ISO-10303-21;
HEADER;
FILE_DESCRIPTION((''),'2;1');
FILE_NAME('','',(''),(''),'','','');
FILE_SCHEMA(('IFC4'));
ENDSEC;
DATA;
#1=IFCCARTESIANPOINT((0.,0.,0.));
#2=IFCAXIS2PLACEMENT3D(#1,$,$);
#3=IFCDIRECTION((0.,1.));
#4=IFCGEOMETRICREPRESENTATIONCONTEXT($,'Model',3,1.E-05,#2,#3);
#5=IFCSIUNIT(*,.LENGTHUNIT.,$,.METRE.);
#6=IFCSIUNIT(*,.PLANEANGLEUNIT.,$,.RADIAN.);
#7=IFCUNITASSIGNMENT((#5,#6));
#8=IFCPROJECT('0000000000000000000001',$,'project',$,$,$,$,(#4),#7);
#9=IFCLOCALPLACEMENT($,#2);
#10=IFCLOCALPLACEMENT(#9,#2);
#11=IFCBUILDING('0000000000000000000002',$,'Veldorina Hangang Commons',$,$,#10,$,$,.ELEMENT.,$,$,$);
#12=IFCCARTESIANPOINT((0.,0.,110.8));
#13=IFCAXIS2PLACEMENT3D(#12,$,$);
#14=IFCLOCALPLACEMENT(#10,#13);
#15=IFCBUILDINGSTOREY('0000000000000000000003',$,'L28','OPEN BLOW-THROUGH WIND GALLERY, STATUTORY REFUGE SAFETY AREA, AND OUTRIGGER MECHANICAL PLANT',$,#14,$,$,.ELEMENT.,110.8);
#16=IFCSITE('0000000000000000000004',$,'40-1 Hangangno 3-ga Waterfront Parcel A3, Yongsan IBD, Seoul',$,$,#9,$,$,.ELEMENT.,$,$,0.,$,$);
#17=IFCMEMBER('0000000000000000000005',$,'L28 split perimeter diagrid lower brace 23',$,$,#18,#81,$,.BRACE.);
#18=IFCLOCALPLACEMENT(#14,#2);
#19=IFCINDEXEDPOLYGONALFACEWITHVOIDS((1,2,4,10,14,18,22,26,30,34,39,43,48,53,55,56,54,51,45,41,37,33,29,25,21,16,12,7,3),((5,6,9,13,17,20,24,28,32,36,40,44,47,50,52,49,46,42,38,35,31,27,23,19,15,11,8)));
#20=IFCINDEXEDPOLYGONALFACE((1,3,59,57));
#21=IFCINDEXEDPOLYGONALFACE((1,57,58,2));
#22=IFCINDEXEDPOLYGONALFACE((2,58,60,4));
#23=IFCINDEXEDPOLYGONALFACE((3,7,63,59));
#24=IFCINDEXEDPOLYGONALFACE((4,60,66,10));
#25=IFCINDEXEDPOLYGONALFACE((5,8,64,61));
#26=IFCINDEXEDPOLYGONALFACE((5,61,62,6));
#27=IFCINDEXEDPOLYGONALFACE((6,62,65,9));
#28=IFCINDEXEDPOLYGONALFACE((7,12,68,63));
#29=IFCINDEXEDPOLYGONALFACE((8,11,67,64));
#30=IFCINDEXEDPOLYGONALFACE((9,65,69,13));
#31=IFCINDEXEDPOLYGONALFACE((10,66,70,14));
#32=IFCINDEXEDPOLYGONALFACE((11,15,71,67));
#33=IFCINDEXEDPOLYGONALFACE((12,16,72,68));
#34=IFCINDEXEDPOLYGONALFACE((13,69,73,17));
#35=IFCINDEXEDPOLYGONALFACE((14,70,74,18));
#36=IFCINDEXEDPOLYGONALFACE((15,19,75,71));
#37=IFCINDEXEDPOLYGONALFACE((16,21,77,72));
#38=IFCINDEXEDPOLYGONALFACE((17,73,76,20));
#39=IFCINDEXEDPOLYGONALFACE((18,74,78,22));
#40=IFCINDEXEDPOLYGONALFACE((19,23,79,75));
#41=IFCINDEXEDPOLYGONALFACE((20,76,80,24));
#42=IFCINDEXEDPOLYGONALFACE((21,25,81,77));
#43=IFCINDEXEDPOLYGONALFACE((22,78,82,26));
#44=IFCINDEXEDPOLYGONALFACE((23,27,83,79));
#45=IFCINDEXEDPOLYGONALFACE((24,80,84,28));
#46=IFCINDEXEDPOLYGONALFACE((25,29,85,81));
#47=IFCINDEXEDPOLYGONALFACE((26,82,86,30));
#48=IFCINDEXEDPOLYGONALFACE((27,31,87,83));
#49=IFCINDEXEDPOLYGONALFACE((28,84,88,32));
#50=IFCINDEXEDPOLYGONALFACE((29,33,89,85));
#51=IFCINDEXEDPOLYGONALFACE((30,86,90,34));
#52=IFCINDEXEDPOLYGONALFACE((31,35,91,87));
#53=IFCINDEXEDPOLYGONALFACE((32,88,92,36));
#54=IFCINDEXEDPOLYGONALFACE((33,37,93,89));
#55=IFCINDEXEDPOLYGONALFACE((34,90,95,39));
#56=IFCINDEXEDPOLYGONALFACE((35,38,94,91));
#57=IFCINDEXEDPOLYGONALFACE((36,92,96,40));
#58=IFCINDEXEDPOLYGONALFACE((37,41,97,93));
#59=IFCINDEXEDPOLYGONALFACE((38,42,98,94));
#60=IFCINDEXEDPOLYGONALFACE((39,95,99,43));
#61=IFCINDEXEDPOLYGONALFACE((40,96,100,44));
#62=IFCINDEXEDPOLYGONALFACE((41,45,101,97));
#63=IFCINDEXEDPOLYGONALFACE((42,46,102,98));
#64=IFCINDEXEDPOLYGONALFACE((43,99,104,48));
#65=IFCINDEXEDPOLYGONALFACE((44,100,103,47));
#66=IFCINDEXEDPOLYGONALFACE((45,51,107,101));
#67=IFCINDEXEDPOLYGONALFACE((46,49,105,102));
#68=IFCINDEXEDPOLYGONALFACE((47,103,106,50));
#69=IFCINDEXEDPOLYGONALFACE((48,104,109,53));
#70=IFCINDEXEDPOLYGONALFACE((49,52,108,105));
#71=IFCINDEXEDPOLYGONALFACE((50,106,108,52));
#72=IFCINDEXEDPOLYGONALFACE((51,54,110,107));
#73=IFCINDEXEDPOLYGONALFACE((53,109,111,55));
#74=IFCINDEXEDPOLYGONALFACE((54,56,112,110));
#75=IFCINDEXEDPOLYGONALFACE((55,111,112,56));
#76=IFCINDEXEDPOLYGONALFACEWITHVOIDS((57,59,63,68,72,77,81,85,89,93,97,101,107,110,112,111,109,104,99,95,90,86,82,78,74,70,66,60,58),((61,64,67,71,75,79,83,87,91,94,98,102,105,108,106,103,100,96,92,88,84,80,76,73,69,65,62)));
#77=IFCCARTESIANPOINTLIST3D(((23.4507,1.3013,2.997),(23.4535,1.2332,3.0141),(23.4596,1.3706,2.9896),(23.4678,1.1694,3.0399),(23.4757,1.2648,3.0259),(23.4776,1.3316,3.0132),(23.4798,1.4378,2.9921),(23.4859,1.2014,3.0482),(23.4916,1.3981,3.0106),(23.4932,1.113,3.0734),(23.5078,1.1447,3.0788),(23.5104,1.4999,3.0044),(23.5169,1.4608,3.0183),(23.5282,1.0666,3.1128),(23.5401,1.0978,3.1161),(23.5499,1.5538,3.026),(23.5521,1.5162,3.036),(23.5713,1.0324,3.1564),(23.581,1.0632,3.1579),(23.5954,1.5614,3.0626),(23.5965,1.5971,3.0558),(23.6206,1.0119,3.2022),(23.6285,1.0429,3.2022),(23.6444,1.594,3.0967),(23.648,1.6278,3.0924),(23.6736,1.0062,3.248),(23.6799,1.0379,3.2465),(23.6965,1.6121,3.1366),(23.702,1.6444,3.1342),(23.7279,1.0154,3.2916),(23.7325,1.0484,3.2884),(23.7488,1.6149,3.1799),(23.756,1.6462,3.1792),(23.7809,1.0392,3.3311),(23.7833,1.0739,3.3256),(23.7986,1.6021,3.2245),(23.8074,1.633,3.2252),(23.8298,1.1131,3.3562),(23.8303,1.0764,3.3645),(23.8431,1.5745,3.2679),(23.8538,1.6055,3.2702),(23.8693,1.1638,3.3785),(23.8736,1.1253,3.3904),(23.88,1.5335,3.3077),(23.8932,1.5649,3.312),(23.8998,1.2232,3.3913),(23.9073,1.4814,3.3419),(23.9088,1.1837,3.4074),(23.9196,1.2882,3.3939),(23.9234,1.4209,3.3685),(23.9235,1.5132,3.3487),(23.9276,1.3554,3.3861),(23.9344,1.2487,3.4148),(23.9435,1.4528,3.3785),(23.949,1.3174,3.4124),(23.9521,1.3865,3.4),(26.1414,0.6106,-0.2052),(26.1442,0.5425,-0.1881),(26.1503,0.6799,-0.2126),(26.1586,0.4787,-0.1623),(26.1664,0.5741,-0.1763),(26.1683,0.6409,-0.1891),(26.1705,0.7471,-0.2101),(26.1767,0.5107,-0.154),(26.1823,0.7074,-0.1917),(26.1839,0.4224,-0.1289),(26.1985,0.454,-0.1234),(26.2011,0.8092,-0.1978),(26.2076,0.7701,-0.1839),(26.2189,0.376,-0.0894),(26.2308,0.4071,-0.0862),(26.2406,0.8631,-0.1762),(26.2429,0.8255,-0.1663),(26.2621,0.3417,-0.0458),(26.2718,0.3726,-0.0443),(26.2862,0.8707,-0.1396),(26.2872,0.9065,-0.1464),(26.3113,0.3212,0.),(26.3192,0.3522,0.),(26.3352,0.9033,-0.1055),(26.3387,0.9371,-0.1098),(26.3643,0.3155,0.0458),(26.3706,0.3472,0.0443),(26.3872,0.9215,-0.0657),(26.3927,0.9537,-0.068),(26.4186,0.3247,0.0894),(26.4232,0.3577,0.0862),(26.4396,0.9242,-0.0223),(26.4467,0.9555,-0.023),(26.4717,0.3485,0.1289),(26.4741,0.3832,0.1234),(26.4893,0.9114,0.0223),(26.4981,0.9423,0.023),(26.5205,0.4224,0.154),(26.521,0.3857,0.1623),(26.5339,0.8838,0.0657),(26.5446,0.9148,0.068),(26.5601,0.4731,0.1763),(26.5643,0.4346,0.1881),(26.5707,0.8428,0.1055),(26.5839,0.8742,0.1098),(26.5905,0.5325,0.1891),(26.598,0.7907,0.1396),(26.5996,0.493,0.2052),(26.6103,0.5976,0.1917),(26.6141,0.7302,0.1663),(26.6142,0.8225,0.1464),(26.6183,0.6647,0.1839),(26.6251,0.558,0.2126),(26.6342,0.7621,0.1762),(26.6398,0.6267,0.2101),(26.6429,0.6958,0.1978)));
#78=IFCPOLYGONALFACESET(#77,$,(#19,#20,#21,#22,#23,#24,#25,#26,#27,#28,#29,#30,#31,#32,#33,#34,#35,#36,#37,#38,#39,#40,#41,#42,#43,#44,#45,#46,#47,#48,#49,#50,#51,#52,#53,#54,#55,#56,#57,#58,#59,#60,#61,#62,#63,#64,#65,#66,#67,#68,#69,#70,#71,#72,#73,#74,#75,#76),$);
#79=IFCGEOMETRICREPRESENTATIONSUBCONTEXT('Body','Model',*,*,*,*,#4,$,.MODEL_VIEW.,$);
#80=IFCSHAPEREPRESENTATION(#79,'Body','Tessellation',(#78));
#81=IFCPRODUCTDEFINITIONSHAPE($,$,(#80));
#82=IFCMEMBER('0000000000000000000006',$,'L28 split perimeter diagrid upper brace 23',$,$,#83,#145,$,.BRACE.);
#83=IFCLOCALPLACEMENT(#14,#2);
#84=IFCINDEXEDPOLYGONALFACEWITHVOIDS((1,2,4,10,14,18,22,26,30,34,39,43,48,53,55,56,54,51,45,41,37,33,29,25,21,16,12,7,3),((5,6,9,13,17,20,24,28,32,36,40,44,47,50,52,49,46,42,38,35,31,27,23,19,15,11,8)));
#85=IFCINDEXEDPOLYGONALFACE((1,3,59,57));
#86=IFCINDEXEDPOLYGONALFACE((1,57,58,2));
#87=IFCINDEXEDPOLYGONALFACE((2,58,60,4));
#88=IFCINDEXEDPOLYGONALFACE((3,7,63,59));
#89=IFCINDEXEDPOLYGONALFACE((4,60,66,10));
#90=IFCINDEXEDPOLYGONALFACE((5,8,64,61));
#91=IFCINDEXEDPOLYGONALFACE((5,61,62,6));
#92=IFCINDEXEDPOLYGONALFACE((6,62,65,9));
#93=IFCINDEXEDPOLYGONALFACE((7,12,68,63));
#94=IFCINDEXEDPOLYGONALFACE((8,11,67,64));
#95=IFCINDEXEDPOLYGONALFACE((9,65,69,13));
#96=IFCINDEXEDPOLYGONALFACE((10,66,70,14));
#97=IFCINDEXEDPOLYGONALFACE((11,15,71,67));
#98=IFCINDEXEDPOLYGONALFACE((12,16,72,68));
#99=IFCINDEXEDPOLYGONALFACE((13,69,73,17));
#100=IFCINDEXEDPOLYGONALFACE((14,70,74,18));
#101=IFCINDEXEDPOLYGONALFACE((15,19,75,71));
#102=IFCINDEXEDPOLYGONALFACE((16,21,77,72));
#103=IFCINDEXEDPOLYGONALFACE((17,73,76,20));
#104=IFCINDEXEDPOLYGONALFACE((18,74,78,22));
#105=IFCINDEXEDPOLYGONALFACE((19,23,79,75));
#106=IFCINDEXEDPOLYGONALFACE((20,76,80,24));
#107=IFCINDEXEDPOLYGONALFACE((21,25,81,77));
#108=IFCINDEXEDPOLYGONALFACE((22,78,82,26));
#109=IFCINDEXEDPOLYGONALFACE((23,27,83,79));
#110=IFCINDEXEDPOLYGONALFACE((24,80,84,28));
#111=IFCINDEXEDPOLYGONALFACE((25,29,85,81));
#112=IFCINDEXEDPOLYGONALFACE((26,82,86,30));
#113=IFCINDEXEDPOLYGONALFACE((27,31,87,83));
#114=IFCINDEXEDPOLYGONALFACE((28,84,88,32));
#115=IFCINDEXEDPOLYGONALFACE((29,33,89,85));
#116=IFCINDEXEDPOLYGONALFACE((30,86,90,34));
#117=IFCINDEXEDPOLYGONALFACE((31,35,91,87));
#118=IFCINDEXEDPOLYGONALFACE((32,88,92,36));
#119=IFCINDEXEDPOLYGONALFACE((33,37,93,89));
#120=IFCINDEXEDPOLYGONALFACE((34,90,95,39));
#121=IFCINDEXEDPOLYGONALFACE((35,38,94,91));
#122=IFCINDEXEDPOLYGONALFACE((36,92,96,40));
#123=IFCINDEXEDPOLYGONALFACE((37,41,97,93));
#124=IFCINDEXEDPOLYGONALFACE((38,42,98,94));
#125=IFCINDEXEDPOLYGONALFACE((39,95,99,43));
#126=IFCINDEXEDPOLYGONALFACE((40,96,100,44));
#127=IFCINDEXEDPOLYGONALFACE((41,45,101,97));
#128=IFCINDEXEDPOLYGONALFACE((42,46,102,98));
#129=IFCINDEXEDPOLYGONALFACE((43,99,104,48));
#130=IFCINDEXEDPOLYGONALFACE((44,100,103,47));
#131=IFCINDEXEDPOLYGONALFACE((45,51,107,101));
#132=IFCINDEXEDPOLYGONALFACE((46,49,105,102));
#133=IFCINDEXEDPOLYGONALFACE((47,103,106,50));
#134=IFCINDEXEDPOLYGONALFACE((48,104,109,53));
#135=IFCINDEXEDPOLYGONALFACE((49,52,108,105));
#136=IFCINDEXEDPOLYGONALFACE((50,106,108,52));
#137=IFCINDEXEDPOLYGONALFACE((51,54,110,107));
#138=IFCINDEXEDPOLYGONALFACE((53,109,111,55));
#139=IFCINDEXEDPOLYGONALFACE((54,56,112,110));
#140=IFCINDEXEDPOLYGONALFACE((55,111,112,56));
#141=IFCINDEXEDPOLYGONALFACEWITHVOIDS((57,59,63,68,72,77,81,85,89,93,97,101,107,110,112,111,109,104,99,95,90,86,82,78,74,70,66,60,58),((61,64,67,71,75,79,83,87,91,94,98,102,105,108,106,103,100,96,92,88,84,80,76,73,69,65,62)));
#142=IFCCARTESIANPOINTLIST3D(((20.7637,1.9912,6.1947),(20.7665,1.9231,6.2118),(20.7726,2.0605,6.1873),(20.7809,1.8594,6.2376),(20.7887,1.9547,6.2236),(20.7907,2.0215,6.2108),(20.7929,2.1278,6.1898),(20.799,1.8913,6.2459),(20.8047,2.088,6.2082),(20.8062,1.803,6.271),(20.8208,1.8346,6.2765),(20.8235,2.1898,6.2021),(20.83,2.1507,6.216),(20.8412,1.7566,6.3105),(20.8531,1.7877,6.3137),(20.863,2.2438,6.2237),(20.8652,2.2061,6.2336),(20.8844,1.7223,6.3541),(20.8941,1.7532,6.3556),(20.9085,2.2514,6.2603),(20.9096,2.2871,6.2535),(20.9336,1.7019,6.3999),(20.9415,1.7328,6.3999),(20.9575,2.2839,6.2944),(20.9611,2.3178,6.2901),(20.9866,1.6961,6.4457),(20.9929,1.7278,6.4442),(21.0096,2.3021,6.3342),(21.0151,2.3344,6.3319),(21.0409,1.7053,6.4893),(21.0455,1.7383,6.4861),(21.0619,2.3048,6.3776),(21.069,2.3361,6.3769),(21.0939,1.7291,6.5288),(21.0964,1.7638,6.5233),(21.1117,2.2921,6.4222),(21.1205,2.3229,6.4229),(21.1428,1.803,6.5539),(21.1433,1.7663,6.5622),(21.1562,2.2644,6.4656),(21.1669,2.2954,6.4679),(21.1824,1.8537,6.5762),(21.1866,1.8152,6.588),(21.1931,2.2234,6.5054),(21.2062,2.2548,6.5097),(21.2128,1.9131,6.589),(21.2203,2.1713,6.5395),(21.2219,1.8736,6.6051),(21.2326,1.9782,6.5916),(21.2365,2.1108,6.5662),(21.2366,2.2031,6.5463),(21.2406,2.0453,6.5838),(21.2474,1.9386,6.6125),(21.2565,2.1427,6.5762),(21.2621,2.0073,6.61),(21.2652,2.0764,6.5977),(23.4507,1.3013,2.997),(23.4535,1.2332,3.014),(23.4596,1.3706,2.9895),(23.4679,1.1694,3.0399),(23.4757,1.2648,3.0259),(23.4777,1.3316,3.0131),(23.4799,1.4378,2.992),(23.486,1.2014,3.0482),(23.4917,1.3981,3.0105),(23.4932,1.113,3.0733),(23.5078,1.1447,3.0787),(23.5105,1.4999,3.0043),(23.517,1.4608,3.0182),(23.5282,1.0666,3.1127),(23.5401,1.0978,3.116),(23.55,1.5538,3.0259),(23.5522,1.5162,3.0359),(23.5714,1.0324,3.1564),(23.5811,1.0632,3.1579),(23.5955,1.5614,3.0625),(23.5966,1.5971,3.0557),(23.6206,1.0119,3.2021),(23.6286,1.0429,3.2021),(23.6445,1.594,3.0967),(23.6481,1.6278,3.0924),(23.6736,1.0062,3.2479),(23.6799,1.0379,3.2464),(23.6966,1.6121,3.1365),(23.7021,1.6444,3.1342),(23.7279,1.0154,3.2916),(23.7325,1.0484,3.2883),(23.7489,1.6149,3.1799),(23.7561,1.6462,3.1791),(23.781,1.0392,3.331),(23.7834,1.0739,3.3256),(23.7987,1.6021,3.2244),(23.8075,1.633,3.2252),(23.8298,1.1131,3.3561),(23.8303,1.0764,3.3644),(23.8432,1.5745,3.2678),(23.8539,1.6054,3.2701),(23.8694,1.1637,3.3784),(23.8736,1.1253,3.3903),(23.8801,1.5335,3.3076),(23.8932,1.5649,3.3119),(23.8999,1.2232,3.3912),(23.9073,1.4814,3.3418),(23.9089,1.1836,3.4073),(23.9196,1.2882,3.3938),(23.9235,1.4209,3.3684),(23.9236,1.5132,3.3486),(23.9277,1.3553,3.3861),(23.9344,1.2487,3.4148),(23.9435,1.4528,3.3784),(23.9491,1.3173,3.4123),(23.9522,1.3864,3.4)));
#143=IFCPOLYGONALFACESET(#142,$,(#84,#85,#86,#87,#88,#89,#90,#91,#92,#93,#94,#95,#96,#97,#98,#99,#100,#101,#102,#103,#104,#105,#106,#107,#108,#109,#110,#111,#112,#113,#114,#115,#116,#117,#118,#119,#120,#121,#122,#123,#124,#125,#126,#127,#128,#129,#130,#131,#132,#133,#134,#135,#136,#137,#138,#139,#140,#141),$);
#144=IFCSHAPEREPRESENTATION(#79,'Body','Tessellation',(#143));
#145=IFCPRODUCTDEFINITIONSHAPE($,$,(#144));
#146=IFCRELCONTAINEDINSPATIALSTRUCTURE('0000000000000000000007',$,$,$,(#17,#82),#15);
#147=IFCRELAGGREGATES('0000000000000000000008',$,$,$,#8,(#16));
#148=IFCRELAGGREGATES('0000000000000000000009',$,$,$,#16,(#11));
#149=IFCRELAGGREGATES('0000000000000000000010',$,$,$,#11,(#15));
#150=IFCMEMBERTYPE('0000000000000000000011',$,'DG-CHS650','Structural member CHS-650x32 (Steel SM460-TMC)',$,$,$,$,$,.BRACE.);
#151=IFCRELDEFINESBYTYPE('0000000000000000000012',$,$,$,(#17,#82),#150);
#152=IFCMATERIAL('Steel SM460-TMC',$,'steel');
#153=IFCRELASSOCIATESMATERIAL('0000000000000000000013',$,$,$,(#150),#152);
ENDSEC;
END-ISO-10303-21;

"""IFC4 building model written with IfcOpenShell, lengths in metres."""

from ifc_helpers import new_model, si_unit, direction, frame, origin, origin_2d, place, context, subcontext, project, spatial, hollow_circle, extrude, material, material_profile, profile_set, type_object, element, save


model = new_model("IFC4")

# Units and contexts
model_context = context("Model", 3, precision=1e-05, world=origin(), true_north=direction((0.0, 1.0)))
body_context = subcontext(model_context, "Body", "Model", "MODEL_VIEW")
ifc_project = project(units=[si_unit("LENGTHUNIT", "METRE"), si_unit("PLANEANGLEUNIT", "RADIAN")], contexts=[model_context])

# Site, building, storey
site_placement = place(None, origin())
site = spatial("IfcSite", under=ifc_project, at=site_placement, Name="40-1 Hangangno 3-ga Waterfront Parcel A3, Yongsan IBD, Seoul", CompositionType="ELEMENT", RefElevation=0.0)
building_placement = place(site_placement, origin())
building = spatial("IfcBuilding", under=site, at=building_placement, Name="Veldorina Hangang Commons", CompositionType="ELEMENT")
storey_placement = place(building_placement, frame((0.0, 0.0, 110.8)))
storey = spatial("IfcBuildingStorey", under=building, at=storey_placement, Name="L28", Description="OPEN BLOW-THROUGH WIND GALLERY, STATUTORY REFUGE SAFETY AREA, AND OUTRIGGER MECHANICAL PLANT", CompositionType="ELEMENT", Elevation=110.8)

# Shared definitions
ifc_material_1 = material(Name="Steel SM460-TMC", Category="steel")

# Members
ifc_material_profile_1 = material_profile(ifc_material_1, hollow_circle(Radius=0.325, WallThickness=0.032, at=origin_2d()), Name="CHS-650x32")
ifc_profile_set_1 = profile_set([ifc_material_profile_1], Name="Steel SM460-TMC")
member_type_1 = type_object("IfcMemberType", Name="DG-CHS650", Description="Structural member CHS-650x32 (Steel SM460-TMC)", PredefinedType="BRACE", material=ifc_profile_set_1)
member_1_placement = place(storey_placement, frame((26.3921, 0.636, 0.0), z_axis=(-0.634718, 0.162927, 0.755373), x_axis=(-0.248631, -0.968598, 0.0)))
element("IfcMember", 1, at=member_1_placement, inside=storey, type_object=member_type_1, Name="L28 split perimeter diagrid lower brace 23", PredefinedType="BRACE", context=body_context, shape_type="SweptSolid", body=[
    extrude(hollow_circle(Radius=0.325, WallThickness=0.032, at=origin_2d()), origin(), (0.0, 0.0, 1.0), 4.2393),
])
member_2_placement = place(storey_placement, frame((23.7014, 1.3267, 3.2021), z_axis=(-0.634717, 0.162976, 0.755363), x_axis=(-0.248701, -0.96858, 0.0)))
element("IfcMember", 2, at=member_2_placement, inside=storey, type_object=member_type_1, Name="L28 split perimeter diagrid upper brace 23", PredefinedType="BRACE", context=body_context, shape_type="SweptSolid", body=[
    extrude(hollow_circle(Radius=0.325, WallThickness=0.032, at=origin_2d()), origin(), (0.0, 0.0, 1.0), 4.2334),
])

save(model, "model.ifc")
